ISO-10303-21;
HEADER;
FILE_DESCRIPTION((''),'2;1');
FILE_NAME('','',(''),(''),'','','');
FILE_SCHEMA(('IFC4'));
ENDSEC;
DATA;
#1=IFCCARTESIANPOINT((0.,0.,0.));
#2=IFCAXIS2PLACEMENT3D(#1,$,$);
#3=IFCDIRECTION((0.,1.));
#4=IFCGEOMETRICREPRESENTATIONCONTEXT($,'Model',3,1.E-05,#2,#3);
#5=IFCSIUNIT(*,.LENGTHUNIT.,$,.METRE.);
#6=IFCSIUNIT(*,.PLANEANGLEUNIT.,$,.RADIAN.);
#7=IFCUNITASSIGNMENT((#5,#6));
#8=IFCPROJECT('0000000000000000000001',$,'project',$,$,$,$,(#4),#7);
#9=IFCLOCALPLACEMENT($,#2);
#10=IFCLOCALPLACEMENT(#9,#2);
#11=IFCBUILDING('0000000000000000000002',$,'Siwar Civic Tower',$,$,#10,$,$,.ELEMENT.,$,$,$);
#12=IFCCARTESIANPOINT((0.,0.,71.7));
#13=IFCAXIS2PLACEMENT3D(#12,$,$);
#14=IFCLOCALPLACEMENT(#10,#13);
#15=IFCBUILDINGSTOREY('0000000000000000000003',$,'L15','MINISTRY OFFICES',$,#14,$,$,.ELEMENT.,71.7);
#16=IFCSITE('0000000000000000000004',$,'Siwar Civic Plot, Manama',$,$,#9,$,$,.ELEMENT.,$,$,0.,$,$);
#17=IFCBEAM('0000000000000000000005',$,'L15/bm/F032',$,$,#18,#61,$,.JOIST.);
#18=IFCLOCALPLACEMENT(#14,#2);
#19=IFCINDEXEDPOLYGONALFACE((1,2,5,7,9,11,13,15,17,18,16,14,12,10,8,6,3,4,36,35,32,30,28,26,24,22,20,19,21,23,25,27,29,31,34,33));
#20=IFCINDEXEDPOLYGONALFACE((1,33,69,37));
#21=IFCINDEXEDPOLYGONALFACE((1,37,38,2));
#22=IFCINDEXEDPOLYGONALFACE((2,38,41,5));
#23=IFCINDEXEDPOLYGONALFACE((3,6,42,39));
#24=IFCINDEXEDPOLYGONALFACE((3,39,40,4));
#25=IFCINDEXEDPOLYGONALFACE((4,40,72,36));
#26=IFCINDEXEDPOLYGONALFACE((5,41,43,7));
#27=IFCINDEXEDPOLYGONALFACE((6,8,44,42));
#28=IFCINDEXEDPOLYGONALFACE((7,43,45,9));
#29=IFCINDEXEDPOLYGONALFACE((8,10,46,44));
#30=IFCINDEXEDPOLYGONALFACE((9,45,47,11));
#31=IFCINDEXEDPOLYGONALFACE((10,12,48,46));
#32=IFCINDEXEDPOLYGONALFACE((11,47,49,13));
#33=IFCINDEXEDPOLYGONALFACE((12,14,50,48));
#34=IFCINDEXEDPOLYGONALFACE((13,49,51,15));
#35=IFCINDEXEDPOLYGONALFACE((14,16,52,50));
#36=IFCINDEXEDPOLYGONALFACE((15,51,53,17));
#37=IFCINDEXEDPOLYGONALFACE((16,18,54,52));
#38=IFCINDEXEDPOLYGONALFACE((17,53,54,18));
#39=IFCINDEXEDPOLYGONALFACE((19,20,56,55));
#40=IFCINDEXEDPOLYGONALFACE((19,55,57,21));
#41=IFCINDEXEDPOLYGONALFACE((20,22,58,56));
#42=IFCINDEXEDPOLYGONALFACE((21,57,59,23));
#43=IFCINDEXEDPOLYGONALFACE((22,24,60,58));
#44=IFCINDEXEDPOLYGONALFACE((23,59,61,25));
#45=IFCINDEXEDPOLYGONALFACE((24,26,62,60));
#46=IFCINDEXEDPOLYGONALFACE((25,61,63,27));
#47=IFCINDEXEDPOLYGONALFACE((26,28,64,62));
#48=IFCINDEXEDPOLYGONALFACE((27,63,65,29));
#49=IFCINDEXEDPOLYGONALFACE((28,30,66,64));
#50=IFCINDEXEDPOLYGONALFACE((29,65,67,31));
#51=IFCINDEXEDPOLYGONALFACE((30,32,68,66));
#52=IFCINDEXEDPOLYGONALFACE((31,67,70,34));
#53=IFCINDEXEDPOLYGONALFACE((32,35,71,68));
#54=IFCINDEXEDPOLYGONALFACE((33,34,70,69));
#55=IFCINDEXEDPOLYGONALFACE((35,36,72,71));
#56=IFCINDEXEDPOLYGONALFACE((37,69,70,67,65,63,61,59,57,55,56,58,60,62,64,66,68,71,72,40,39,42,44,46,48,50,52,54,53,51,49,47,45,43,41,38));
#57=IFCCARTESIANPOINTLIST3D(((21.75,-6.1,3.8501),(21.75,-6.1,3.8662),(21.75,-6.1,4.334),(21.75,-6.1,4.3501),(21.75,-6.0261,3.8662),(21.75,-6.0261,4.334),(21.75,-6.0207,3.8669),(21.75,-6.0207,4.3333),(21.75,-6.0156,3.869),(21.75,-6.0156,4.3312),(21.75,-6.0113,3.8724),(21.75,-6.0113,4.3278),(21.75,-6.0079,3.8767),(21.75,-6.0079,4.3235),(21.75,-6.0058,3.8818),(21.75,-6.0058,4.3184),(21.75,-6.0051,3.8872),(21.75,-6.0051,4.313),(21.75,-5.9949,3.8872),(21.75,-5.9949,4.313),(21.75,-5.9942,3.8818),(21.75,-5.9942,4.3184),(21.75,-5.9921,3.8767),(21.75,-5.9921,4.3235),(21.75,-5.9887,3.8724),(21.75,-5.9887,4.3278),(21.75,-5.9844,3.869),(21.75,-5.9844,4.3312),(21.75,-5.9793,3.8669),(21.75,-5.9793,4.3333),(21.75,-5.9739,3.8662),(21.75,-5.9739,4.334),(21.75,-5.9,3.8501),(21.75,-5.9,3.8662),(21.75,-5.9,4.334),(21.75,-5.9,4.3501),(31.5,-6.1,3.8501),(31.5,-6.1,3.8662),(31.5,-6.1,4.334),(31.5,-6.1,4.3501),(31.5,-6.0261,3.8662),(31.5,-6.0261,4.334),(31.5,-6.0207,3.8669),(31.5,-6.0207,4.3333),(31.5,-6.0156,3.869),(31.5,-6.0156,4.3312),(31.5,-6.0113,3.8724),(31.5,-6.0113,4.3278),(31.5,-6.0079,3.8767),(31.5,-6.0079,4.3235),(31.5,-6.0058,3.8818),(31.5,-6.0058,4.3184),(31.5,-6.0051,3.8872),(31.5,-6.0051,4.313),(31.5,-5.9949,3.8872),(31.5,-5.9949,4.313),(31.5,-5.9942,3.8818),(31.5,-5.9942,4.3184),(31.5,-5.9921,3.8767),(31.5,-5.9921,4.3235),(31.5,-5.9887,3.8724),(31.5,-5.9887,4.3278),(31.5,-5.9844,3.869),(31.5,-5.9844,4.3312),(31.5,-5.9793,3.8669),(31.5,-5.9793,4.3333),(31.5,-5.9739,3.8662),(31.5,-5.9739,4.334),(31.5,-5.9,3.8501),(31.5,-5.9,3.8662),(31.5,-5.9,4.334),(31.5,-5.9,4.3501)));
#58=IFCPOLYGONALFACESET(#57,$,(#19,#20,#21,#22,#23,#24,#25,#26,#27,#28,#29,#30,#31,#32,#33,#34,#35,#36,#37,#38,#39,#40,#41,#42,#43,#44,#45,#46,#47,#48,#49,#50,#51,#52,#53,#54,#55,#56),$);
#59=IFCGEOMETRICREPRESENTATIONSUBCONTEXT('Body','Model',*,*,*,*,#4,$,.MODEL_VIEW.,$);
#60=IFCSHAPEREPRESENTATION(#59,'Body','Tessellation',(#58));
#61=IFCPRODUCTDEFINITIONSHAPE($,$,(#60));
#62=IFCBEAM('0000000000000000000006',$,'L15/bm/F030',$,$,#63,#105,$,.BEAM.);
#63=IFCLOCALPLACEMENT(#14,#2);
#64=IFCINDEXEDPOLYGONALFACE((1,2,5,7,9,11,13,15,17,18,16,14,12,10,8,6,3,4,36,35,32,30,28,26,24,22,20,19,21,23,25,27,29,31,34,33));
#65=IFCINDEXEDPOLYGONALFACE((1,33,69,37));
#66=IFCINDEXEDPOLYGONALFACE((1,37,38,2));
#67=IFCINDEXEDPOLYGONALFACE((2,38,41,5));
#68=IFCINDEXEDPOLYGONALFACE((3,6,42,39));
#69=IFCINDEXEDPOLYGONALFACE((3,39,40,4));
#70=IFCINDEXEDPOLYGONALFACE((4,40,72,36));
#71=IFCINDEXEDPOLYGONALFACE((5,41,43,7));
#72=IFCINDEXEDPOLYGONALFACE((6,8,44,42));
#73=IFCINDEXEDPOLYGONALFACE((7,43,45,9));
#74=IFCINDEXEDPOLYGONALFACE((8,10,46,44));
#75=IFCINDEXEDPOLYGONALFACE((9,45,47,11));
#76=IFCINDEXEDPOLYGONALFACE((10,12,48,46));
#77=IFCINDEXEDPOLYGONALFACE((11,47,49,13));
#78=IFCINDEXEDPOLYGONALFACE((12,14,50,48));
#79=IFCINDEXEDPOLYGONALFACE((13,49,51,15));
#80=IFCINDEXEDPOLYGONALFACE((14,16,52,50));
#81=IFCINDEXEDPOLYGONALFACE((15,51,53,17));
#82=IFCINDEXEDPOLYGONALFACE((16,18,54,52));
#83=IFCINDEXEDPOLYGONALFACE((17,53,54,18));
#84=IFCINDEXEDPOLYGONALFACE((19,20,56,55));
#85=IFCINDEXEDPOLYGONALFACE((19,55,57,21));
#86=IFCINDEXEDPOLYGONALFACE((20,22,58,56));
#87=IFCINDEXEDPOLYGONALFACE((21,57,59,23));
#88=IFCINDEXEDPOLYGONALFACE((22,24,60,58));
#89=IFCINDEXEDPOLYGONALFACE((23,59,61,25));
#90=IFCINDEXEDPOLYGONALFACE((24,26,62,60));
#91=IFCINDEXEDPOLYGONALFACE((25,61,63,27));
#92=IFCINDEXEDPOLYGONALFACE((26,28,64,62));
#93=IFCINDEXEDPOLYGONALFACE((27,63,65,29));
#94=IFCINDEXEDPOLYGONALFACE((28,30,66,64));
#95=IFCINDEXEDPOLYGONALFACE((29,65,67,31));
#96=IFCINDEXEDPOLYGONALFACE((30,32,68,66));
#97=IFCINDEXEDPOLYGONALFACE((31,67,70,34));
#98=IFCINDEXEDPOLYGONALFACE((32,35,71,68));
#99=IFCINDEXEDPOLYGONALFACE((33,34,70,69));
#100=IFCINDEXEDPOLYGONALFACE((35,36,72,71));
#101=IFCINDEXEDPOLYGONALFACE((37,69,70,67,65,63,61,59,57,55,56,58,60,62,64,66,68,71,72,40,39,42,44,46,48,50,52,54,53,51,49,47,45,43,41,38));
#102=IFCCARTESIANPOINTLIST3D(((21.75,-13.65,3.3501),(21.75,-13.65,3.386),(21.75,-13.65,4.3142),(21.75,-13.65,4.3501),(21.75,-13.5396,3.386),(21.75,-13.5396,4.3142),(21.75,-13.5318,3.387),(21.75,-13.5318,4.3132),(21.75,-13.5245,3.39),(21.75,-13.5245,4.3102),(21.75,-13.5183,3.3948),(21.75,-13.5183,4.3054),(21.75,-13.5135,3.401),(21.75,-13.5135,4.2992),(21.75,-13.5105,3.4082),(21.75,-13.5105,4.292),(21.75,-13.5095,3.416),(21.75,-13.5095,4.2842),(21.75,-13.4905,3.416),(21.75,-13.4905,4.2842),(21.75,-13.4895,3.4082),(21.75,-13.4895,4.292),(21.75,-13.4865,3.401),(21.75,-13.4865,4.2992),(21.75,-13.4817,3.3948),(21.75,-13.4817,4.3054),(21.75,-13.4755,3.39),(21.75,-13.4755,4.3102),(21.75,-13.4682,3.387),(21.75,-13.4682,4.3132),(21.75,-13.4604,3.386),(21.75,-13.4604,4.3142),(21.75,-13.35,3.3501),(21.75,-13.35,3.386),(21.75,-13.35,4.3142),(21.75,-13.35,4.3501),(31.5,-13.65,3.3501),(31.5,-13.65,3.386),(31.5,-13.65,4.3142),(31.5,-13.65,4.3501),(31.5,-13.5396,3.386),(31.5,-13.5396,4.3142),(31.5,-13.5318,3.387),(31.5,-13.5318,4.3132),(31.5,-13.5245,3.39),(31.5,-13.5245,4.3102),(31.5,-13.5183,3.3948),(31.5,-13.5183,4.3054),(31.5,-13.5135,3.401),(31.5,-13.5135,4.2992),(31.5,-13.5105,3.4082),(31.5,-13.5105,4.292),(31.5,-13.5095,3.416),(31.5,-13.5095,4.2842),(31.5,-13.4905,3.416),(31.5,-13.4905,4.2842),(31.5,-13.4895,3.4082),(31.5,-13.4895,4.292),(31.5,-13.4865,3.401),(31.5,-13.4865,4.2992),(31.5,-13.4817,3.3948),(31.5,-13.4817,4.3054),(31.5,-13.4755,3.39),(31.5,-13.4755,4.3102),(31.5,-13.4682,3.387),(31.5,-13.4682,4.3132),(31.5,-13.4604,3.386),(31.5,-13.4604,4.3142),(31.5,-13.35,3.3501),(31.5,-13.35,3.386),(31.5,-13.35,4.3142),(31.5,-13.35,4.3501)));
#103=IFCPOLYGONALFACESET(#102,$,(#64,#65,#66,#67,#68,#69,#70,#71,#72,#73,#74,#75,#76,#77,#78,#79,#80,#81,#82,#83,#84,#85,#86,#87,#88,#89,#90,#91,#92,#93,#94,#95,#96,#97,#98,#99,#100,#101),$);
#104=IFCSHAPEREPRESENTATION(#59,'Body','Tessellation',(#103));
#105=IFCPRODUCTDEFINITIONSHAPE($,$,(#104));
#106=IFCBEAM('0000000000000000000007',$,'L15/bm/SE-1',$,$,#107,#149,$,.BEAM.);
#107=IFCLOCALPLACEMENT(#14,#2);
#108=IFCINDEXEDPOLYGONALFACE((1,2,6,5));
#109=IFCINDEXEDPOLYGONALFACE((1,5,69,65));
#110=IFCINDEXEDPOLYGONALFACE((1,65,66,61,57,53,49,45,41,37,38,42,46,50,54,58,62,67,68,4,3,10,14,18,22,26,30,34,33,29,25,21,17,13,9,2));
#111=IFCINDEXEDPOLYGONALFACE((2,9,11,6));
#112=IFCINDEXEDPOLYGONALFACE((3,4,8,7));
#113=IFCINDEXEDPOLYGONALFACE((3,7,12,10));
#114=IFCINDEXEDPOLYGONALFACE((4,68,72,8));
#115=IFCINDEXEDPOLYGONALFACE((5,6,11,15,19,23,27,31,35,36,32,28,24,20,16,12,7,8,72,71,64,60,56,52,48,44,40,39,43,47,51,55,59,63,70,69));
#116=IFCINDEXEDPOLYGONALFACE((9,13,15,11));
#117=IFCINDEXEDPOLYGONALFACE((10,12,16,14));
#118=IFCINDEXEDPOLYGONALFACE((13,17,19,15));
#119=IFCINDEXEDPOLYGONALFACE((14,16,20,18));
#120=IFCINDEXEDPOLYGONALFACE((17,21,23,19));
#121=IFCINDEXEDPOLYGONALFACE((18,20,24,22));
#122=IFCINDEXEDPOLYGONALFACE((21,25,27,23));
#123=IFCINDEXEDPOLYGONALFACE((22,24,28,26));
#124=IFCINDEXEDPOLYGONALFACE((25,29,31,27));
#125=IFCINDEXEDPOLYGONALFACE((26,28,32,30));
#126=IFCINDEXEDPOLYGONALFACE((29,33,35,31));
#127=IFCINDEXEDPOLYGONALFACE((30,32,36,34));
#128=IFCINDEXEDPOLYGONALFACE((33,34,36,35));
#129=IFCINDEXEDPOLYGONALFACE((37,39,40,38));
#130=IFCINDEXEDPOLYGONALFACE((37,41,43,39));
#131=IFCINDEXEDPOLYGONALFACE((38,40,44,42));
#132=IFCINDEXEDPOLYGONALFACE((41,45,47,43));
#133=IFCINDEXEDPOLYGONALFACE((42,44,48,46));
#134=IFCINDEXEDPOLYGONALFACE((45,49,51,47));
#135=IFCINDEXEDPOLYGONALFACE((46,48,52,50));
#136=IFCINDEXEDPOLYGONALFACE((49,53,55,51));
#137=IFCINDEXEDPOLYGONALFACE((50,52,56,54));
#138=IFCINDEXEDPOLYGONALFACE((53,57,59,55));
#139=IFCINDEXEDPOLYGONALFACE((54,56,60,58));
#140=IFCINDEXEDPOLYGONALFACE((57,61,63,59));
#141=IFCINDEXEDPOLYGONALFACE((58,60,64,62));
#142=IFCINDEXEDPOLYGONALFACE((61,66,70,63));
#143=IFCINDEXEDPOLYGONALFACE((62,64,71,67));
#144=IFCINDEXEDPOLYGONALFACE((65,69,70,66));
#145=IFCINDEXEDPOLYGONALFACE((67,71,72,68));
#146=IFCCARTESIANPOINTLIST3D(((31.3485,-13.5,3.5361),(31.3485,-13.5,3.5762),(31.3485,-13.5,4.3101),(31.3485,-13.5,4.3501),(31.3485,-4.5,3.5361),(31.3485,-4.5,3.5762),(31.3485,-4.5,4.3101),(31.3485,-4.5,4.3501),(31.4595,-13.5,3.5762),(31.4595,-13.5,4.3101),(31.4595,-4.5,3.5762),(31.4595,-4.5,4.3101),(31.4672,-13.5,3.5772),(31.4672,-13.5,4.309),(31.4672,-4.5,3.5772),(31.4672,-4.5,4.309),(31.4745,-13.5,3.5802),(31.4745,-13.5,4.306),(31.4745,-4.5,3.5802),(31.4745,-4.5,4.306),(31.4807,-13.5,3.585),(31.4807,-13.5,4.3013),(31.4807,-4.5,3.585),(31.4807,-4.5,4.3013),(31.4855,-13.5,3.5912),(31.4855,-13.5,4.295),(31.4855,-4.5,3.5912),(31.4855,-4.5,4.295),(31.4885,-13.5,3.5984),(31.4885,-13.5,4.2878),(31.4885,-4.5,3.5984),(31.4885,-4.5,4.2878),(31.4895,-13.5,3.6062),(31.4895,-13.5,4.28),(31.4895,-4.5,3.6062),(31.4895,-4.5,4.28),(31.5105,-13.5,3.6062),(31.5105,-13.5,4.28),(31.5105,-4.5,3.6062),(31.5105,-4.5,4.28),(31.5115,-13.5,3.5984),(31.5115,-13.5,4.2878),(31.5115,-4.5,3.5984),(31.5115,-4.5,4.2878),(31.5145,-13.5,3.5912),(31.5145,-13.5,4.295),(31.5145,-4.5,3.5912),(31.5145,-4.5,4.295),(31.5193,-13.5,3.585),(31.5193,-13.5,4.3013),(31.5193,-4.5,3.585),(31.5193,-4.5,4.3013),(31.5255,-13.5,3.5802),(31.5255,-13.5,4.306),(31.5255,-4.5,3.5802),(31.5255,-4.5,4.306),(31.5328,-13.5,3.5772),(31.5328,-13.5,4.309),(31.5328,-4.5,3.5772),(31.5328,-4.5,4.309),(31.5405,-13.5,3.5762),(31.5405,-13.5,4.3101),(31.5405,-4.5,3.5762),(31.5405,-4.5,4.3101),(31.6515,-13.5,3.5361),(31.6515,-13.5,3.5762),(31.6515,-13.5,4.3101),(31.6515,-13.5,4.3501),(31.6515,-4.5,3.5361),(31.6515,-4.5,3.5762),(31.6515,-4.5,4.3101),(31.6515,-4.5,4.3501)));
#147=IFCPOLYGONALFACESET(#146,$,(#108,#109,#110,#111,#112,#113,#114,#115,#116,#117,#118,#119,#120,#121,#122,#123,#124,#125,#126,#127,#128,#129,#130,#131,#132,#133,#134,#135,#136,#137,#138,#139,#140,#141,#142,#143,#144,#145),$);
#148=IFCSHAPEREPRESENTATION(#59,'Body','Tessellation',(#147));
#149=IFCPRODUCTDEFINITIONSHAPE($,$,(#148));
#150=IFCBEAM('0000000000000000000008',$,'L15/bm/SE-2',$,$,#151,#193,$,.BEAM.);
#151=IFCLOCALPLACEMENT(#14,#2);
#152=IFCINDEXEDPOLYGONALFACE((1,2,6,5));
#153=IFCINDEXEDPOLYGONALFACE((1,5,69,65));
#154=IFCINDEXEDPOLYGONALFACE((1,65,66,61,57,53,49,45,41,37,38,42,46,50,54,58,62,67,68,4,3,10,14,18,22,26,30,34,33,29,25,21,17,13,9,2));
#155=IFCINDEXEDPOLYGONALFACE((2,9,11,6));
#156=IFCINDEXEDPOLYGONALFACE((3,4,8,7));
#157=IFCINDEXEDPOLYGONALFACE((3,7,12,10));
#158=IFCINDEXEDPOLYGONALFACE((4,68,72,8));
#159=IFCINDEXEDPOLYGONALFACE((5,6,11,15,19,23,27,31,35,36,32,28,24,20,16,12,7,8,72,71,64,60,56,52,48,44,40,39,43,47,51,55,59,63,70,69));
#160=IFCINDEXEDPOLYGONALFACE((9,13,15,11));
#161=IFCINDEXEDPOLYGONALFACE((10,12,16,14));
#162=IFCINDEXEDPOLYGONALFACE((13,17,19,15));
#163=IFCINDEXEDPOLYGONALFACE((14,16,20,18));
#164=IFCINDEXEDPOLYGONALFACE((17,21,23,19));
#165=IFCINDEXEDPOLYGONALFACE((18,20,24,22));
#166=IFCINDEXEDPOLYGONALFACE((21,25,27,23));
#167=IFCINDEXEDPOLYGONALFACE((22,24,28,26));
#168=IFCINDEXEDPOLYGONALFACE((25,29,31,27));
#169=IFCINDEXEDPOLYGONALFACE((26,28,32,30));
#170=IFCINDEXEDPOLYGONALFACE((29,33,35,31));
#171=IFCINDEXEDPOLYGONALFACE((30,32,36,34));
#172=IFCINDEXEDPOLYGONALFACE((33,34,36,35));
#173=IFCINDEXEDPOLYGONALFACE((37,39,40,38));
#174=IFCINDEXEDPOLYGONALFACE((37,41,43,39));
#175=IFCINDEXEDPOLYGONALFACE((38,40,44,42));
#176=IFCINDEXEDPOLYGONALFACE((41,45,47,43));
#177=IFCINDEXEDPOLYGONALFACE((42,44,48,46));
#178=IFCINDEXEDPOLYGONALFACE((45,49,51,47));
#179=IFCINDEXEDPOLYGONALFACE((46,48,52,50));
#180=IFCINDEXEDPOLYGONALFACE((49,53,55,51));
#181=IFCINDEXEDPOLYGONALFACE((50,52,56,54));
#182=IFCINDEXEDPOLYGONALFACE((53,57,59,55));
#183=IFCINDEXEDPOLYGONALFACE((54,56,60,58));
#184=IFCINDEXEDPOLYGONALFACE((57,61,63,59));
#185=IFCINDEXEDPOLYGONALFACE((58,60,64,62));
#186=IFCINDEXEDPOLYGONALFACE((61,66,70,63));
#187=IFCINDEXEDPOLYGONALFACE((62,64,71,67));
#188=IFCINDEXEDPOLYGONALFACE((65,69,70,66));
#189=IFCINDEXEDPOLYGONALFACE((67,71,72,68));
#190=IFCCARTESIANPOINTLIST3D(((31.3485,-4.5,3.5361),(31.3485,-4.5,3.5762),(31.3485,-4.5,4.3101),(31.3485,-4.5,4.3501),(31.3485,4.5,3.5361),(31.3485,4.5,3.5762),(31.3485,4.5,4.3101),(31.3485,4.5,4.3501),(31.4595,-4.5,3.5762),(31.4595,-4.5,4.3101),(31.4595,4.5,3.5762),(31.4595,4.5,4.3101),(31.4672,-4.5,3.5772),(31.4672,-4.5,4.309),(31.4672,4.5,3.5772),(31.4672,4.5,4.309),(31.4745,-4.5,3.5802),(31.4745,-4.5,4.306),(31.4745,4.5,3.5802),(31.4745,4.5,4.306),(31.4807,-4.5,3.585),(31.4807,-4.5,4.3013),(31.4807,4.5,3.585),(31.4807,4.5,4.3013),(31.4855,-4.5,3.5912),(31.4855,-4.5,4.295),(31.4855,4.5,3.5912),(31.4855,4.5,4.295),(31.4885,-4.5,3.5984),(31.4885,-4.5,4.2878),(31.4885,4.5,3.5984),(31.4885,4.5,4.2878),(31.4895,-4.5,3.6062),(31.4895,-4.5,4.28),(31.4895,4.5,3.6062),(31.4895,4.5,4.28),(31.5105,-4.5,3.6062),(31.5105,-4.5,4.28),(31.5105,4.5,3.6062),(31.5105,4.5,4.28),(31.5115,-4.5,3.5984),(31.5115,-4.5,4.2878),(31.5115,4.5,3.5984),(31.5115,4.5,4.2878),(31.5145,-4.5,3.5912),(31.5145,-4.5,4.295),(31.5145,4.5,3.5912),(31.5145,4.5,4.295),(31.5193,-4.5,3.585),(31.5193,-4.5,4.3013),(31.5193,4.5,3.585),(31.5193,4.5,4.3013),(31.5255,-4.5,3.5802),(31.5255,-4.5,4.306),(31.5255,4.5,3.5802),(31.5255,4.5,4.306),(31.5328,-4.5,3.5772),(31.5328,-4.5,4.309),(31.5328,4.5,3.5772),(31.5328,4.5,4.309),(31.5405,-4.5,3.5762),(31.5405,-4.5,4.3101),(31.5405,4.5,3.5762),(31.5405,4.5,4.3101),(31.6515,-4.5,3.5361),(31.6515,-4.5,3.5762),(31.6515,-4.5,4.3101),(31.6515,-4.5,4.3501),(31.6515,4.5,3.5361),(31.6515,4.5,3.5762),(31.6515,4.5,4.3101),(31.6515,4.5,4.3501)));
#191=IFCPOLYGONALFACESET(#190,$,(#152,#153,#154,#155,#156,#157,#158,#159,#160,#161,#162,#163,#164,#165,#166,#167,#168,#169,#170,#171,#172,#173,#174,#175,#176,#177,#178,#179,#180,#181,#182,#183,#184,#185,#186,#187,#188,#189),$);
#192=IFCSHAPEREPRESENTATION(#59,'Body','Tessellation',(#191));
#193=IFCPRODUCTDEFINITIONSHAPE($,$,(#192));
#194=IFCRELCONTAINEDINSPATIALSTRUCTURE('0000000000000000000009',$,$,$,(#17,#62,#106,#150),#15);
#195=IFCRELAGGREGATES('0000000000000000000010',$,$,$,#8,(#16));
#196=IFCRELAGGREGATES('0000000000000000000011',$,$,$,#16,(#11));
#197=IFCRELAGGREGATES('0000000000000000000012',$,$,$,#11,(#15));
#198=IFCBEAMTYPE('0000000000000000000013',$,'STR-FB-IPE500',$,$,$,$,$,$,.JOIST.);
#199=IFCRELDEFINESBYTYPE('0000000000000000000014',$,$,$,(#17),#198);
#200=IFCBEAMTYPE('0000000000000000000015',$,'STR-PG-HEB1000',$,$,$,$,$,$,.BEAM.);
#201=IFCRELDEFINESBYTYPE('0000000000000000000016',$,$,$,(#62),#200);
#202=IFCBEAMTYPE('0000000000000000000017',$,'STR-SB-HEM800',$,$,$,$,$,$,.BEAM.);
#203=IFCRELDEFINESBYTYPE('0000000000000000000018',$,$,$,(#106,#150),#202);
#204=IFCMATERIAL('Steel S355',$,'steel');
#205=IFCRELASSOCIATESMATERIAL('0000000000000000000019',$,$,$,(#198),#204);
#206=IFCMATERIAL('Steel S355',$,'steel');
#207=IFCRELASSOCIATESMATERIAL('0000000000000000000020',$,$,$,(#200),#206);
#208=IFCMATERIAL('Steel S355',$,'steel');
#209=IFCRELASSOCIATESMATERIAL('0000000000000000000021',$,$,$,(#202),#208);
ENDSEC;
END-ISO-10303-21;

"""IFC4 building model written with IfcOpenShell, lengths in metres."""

from ifc_helpers import new_model, si_unit, direction, frame, origin, origin_2d, place, context, subcontext, project, spatial, i_section, extrude, material, material_profile, profile_set, type_object, element, save


model = new_model("IFC4")

# Units and contexts
model_context = context("Model", 3, precision=1e-05, world=origin(), true_north=direction((0.0, 1.0)))
body_context = subcontext(model_context, "Body", "Model", "MODEL_VIEW")
ifc_project = project(units=[si_unit("LENGTHUNIT", "METRE"), si_unit("PLANEANGLEUNIT", "RADIAN")], contexts=[model_context])

# Site, building, storey
site_placement = place(None, origin())
site = spatial("IfcSite", under=ifc_project, at=site_placement, Name="Siwar Civic Plot, Manama", CompositionType="ELEMENT", RefElevation=0.0)
building_placement = place(site_placement, origin())
building = spatial("IfcBuilding", under=site, at=building_placement, Name="Siwar Civic Tower", CompositionType="ELEMENT")
storey_placement = place(building_placement, frame((0.0, 0.0, 71.7)))
storey = spatial("IfcBuildingStorey", under=building, at=storey_placement, Name="L15", Description="MINISTRY OFFICES", CompositionType="ELEMENT", Elevation=71.7)

# Beams
ifc_material_1 = material(Name="Steel S355", Category="steel")
ifc_material_profile_1 = material_profile(ifc_material_1, i_section(OverallWidth=0.2, OverallDepth=0.5, WebThickness=0.0103, FlangeThickness=0.0161, FilletRadius=0.021, at=origin_2d()), Name="IPE500")
ifc_profile_set_1 = profile_set([ifc_material_profile_1], Name="Steel S355")
beam_type_1 = type_object("IfcBeamType", Name="STR-FB-IPE500", PredefinedType="JOIST", material=ifc_profile_set_1)
beam_1_placement = place(storey_placement, frame((21.75, -6.0, 4.1001), z_axis=(1.0, 0.0, 0.0), x_axis=(0.0, 1.0, 0.0)))
element("IfcBeam", 1, at=beam_1_placement, inside=storey, type_object=beam_type_1, Name="L15/bm/F032", PredefinedType="JOIST", context=body_context, shape_type="SweptSolid", body=[
    extrude(i_section(OverallWidth=0.2, OverallDepth=0.5, WebThickness=0.0103, FlangeThickness=0.0161, FilletRadius=0.021, at=origin_2d()), origin(), (0.0, 0.0, 1.0), 9.75),
])
ifc_material_2 = material(Name="Steel S355", Category="steel")
ifc_material_profile_2 = material_profile(ifc_material_2, i_section(OverallWidth=0.3, OverallDepth=1.0, WebThickness=0.019, FlangeThickness=0.0359, FilletRadius=0.03, at=origin_2d()), Name="HEB1000")
ifc_profile_set_2 = profile_set([ifc_material_profile_2], Name="Steel S355")
beam_type_2 = type_object("IfcBeamType", Name="STR-PG-HEB1000", PredefinedType="BEAM", material=ifc_profile_set_2)
beam_2_placement = place(storey_placement, frame((21.75, -13.5, 3.8501), z_axis=(1.0, 0.0, 0.0), x_axis=(0.0, 1.0, 0.0)))
element("IfcBeam", 2, at=beam_2_placement, inside=storey, type_object=beam_type_2, Name="L15/bm/F030", PredefinedType="BEAM", context=body_context, shape_type="SweptSolid", body=[
    extrude(i_section(OverallWidth=0.3, OverallDepth=1.0, WebThickness=0.019, FlangeThickness=0.0359, FilletRadius=0.03, at=origin_2d()), origin(), (0.0, 0.0, 1.0), 9.75),
])
ifc_material_3 = material(Name="Steel S355", Category="steel")
ifc_material_profile_3 = material_profile(ifc_material_3, i_section(OverallWidth=0.303, OverallDepth=0.814, WebThickness=0.021, FlangeThickness=0.04, FilletRadius=0.03, at=origin_2d()), Name="HEM800")
ifc_profile_set_3 = profile_set([ifc_material_profile_3], Name="Steel S355")
beam_type_3 = type_object("IfcBeamType", Name="STR-SB-HEM800", PredefinedType="BEAM", material=ifc_profile_set_3)
for number, where, z_axis, x_axis, name in (
    (3, (31.5, -13.5, 3.9431), (0.0, 1.0, 0.0), (-1.0, 0.0, 0.0), "L15/bm/SE-1"),
    (4, (31.5, -4.5, 3.9431), (0.0, 1.0, 0.0), (-1.0, 0.0, 0.0), "L15/bm/SE-2"),
):
    element("IfcBeam", number, at=place(storey_placement, frame(where, z_axis=z_axis, x_axis=x_axis)), inside=storey, type_object=beam_type_3, Name=name, PredefinedType="BEAM", context=body_context, shape_type="SweptSolid", body=[
        extrude(i_section(OverallWidth=0.303, OverallDepth=0.814, WebThickness=0.021, FlangeThickness=0.04, FilletRadius=0.03, at=origin_2d()), origin(), (0.0, 0.0, 1.0), 9.0),
    ])

save(model, "model.ifc")
